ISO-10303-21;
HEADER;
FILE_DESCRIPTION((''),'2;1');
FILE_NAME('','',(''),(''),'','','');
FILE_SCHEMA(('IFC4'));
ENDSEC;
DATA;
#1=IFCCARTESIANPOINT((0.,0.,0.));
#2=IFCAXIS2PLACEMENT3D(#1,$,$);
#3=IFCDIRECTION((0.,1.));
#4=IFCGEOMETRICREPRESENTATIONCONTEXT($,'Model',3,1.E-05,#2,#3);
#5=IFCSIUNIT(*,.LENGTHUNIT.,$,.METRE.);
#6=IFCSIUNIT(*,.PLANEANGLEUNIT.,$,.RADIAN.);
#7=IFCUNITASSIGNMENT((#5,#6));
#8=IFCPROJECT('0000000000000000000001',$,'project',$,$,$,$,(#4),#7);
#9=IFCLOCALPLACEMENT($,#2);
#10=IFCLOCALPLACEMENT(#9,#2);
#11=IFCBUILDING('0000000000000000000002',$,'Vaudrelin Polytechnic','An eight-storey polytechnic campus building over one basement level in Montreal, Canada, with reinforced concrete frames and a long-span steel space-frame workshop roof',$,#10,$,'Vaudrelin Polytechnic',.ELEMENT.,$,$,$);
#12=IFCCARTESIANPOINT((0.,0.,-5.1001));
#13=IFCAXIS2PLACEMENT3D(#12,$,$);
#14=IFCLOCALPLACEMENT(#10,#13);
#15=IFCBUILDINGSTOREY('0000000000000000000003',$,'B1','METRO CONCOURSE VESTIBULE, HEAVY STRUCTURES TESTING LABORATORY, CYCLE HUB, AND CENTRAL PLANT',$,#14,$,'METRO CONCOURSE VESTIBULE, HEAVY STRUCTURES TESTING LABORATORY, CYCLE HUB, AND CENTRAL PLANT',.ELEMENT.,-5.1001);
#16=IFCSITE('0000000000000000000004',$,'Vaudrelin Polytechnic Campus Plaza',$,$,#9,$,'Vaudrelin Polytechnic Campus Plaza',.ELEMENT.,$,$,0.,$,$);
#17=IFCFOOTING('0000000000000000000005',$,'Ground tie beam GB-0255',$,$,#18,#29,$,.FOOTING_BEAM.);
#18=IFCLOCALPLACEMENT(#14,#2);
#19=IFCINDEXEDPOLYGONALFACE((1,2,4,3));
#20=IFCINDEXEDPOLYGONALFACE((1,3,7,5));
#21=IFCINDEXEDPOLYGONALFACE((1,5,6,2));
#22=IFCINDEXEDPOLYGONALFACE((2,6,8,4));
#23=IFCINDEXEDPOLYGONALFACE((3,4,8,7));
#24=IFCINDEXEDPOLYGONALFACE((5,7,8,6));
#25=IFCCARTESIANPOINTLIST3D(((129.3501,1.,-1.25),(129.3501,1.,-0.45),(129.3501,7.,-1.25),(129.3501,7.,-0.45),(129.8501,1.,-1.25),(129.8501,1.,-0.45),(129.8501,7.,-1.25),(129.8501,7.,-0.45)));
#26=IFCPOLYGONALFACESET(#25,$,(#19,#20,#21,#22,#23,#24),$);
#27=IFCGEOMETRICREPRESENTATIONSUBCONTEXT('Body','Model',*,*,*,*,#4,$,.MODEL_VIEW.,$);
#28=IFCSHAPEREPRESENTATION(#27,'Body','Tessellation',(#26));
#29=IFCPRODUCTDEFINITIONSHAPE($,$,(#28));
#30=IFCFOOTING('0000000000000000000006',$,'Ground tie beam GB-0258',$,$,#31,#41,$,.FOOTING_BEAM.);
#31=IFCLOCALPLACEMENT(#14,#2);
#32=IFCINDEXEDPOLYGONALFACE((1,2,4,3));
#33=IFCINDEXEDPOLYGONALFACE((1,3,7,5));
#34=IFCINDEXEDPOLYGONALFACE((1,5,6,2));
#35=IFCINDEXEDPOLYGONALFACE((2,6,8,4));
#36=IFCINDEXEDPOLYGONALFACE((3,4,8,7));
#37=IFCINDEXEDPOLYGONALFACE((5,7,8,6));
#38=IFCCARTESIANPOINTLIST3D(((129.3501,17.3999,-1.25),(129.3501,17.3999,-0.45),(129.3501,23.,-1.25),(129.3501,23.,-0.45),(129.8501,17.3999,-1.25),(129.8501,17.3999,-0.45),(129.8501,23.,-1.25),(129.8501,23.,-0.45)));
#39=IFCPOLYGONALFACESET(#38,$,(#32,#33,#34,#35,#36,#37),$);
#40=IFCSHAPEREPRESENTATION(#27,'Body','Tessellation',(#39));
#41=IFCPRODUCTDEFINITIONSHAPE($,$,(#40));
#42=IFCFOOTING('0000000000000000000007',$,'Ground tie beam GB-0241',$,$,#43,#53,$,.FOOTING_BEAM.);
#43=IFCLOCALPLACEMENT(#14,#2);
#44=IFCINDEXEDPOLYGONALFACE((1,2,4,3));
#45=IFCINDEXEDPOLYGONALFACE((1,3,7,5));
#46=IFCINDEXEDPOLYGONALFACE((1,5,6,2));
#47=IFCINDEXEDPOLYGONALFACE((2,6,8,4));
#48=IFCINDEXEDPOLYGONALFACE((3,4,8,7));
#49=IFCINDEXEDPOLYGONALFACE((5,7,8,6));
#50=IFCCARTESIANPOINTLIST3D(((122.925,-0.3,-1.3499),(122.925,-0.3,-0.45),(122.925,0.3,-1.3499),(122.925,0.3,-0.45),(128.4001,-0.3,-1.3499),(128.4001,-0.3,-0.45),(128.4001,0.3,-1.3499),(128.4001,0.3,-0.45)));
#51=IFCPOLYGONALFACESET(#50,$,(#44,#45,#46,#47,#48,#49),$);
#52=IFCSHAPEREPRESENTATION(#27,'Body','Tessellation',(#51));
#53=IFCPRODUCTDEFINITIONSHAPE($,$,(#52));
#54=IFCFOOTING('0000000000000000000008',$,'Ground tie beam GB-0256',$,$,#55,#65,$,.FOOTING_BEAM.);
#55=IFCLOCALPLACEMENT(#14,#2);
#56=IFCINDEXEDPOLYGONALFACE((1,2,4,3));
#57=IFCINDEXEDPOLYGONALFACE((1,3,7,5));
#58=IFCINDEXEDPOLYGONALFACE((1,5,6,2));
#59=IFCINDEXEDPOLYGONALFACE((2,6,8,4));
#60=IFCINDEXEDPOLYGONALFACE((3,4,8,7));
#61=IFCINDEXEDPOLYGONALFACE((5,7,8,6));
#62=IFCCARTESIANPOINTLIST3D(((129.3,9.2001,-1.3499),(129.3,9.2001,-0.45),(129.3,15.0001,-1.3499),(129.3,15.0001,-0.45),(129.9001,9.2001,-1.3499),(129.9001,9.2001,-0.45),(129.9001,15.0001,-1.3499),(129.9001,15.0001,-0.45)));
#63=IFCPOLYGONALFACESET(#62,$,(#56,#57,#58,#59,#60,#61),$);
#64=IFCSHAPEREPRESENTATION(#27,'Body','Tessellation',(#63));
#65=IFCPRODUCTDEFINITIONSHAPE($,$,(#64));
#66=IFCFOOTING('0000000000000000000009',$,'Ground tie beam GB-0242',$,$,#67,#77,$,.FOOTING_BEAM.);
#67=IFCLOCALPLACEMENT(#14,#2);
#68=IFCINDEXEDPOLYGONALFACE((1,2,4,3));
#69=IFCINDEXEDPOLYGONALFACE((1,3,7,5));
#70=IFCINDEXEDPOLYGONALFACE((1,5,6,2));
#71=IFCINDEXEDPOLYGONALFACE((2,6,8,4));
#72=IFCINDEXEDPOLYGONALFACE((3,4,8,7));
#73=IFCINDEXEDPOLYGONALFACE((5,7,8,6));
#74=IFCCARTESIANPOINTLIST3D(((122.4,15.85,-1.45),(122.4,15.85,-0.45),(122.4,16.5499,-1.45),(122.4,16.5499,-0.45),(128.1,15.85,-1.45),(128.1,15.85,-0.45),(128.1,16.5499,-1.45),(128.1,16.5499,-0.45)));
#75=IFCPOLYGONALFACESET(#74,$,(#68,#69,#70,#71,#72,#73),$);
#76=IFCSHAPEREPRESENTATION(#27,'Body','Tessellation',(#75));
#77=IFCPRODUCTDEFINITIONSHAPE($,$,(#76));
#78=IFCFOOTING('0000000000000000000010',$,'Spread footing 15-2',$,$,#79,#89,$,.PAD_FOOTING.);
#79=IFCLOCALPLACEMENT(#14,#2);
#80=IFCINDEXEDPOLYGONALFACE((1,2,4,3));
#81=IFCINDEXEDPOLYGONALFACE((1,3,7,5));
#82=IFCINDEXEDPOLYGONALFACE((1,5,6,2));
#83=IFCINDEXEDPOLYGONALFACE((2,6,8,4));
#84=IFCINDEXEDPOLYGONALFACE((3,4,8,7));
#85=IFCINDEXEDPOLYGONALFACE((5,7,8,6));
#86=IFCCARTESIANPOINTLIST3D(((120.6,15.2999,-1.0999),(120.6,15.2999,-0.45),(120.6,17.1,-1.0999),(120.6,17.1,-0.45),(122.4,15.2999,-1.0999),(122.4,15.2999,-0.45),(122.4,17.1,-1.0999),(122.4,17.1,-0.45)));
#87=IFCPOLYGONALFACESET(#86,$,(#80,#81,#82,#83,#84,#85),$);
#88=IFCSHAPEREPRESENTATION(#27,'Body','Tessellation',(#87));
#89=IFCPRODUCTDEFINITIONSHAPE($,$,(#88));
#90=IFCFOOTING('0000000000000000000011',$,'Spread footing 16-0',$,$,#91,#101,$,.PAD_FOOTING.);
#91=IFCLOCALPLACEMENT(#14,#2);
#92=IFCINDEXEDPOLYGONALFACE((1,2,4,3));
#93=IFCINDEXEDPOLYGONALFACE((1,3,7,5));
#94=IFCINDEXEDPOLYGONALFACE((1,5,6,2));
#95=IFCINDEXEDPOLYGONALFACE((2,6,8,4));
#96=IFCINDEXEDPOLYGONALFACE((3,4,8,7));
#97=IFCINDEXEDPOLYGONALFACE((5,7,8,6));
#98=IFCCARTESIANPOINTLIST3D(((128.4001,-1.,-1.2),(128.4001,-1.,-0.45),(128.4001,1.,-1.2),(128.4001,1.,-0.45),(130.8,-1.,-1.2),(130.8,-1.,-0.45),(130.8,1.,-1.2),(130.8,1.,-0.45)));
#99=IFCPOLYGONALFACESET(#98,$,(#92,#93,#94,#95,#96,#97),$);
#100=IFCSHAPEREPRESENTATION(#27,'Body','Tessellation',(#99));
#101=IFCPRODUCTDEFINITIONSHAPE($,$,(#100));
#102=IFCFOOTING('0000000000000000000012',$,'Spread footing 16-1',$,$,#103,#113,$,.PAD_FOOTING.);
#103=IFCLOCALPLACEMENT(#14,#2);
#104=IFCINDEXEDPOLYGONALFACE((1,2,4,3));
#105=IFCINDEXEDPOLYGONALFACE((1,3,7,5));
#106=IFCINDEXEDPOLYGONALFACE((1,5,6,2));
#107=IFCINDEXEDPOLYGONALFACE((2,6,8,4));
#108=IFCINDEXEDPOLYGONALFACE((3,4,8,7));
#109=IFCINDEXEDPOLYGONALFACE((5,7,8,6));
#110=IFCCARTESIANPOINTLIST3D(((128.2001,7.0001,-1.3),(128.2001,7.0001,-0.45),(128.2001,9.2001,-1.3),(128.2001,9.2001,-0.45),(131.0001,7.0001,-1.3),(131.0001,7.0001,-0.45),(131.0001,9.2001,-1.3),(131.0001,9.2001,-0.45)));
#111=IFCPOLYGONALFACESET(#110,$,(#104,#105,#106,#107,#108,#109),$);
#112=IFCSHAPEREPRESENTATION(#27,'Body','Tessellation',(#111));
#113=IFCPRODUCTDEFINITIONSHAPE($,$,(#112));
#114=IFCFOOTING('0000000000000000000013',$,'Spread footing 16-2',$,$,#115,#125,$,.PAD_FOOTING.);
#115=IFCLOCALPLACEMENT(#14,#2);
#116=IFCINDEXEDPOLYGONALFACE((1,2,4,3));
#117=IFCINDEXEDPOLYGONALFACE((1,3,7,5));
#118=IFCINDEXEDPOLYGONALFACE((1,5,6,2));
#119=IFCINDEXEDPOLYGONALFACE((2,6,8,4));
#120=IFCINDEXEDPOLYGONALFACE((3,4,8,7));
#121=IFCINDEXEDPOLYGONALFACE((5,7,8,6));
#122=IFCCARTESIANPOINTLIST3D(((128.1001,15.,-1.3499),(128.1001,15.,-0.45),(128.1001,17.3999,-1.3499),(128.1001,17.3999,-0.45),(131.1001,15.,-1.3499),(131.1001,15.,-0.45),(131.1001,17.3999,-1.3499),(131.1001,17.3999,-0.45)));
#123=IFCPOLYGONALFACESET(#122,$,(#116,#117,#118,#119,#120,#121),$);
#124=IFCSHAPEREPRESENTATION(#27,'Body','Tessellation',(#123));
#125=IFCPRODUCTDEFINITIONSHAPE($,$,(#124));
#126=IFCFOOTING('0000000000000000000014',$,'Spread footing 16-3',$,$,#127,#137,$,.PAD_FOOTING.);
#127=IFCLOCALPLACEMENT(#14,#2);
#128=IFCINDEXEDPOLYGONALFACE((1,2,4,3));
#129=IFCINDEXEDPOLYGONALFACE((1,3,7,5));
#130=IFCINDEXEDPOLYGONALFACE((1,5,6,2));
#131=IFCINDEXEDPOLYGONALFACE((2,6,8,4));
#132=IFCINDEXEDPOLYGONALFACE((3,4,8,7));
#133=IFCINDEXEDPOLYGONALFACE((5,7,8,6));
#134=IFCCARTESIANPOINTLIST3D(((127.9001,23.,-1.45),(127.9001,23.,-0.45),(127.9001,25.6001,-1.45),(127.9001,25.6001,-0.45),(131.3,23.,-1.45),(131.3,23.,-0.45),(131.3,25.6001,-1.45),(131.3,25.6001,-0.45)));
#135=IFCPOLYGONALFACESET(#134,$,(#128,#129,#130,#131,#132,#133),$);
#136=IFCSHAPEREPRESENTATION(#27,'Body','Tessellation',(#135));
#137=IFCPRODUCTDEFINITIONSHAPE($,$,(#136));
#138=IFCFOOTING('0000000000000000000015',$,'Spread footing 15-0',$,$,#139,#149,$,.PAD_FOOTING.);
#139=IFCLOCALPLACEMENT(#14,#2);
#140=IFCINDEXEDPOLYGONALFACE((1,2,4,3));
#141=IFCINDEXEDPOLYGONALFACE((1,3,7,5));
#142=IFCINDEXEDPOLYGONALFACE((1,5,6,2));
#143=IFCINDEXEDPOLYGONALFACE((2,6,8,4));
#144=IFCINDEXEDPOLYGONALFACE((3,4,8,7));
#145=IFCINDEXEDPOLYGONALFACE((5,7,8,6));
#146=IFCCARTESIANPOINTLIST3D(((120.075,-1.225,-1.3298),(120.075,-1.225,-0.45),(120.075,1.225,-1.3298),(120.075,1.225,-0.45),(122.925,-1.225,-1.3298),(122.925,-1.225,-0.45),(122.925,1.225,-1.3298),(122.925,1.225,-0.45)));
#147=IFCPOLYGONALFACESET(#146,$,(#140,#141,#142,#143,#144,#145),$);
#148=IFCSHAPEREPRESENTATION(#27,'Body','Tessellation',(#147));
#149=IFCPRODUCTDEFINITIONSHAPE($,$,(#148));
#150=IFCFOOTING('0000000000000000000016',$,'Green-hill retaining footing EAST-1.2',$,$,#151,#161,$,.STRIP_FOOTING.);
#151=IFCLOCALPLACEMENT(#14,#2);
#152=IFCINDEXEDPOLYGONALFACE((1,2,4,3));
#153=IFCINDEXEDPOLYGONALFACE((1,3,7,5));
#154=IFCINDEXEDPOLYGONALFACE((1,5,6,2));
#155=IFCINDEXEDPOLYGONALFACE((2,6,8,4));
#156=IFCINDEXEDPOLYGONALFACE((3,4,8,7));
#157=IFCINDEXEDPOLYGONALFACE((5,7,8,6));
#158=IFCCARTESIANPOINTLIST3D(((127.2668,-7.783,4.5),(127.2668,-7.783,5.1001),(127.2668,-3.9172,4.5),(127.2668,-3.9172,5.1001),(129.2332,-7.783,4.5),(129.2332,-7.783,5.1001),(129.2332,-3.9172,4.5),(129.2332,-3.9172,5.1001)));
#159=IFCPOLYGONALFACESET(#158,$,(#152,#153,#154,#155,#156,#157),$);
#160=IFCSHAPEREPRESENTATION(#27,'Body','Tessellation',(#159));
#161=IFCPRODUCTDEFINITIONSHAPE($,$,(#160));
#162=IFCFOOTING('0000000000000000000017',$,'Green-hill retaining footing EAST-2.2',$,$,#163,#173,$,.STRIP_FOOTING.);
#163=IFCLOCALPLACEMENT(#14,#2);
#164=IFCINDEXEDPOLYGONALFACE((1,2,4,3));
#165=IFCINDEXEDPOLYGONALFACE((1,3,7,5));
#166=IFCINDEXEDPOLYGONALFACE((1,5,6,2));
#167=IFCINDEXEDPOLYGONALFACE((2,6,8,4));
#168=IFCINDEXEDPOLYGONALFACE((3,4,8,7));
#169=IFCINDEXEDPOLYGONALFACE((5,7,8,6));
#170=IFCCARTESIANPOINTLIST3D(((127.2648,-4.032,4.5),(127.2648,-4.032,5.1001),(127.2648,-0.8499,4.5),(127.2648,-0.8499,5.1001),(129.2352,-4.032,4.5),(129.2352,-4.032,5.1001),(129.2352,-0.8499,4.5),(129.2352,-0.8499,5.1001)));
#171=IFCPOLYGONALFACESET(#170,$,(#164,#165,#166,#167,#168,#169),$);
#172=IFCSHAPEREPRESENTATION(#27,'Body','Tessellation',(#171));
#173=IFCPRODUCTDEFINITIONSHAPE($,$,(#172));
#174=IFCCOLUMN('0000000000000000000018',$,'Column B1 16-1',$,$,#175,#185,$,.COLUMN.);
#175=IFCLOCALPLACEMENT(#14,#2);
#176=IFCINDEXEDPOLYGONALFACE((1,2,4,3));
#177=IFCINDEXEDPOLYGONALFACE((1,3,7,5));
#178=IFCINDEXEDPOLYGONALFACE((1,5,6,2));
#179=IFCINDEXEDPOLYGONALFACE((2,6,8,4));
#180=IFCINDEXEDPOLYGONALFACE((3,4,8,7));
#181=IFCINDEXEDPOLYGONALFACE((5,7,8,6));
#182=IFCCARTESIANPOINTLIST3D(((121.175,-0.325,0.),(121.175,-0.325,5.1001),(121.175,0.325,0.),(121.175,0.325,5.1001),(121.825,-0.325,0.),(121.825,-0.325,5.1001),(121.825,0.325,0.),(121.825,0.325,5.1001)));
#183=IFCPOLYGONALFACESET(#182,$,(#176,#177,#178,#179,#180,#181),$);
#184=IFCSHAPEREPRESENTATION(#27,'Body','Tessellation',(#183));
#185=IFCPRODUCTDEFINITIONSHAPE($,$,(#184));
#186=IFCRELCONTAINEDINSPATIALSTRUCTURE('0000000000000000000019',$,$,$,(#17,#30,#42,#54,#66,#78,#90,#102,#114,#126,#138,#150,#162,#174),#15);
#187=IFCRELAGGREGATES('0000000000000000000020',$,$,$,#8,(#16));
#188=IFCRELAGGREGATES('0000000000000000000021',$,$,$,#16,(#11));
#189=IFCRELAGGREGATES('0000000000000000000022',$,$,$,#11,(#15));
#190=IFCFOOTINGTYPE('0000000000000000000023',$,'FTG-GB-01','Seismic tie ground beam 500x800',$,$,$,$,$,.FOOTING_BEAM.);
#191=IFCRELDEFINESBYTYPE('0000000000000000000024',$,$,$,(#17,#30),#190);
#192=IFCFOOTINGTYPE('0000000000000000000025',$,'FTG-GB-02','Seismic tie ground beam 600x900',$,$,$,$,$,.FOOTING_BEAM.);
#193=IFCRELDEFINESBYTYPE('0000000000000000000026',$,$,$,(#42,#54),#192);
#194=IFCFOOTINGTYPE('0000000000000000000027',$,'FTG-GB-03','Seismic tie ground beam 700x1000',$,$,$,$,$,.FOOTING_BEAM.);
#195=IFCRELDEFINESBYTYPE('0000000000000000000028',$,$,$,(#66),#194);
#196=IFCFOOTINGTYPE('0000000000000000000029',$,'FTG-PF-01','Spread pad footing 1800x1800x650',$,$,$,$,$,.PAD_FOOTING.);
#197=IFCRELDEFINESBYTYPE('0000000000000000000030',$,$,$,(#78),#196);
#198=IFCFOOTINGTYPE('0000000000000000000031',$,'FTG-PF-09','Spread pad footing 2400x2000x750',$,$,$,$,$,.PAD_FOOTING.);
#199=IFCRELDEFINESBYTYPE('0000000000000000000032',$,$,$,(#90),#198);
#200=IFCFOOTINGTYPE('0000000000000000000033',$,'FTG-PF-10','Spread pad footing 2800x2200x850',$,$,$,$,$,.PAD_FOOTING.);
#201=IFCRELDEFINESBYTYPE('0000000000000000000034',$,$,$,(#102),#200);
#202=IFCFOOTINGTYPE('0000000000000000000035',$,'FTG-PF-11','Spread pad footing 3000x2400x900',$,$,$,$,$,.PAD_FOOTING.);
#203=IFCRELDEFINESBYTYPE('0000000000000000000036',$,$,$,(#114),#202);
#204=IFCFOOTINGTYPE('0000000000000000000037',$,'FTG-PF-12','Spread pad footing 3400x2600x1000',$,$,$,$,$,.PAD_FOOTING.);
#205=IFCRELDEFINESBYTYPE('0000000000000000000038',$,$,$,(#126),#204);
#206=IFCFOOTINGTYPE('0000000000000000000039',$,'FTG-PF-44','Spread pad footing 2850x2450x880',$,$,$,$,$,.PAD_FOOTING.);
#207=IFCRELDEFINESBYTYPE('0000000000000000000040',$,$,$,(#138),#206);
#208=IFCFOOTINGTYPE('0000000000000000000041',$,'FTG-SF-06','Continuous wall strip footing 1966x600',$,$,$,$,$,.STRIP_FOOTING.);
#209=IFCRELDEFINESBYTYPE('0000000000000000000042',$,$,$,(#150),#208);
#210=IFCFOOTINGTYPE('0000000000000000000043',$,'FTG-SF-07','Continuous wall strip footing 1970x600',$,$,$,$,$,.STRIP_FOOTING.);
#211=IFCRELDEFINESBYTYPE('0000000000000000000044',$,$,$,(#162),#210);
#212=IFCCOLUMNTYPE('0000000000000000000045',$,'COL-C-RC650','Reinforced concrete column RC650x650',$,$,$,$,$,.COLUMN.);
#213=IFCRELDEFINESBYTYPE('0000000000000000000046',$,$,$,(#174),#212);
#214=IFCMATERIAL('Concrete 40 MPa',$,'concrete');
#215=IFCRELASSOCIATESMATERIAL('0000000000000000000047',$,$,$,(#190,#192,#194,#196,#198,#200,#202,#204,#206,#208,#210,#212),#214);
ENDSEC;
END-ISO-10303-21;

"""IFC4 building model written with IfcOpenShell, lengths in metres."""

from ifc_helpers import new_model, si_unit, direction, frame, origin, origin_2d, place, context, subcontext, project, spatial, rectangle, extrude, material, material_profile, profile_set, type_object, element, save


model = new_model("IFC4")

# Units and contexts
model_context = context("Model", 3, precision=1e-05, world=origin(), true_north=direction((0.0, 1.0)))
body_context = subcontext(model_context, "Body", "Model", "MODEL_VIEW")
ifc_project = project(units=[si_unit("LENGTHUNIT", "METRE"), si_unit("PLANEANGLEUNIT", "RADIAN")], contexts=[model_context])

# Site, building, storey
site_placement = place(None, origin())
site = spatial("IfcSite", under=ifc_project, at=site_placement, Name="Vaudrelin Polytechnic Campus Plaza", LongName="Vaudrelin Polytechnic Campus Plaza", CompositionType="ELEMENT", RefElevation=0.0)
building_placement = place(site_placement, origin())
building = spatial("IfcBuilding", under=site, at=building_placement, Name="Vaudrelin Polytechnic", Description="An eight-storey polytechnic campus building over one basement level in Montreal, Canada, with reinforced concrete frames and a long-span steel space-frame workshop roof", LongName="Vaudrelin Polytechnic", CompositionType="ELEMENT")
storey_placement = place(building_placement, frame((0.0, 0.0, -5.1001)))
storey = spatial("IfcBuildingStorey", under=building, at=storey_placement, Name="B1", Description="METRO CONCOURSE VESTIBULE, HEAVY STRUCTURES TESTING LABORATORY, CYCLE HUB, AND CENTRAL PLANT", LongName="METRO CONCOURSE VESTIBULE, HEAVY STRUCTURES TESTING LABORATORY, CYCLE HUB, AND CENTRAL PLANT", CompositionType="ELEMENT", Elevation=-5.1001)

# Footings
ifc_material_1 = material(Name="Concrete 40 MPa", Category="concrete")
footing_type_1 = type_object("IfcFootingType", Name="FTG-GB-01", Description="Seismic tie ground beam 500x800", PredefinedType="FOOTING_BEAM", material=ifc_material_1)
footing_1_placement = place(storey_placement, frame((129.6001, 4.0, -1.25), z_axis=(0.0, 0.0, 1.0), x_axis=(1.0, 0.0, 0.0)))
element("IfcFooting", 1, at=footing_1_placement, inside=storey, type_object=footing_type_1, Name="Ground tie beam GB-0255", PredefinedType="FOOTING_BEAM", context=body_context, shape_type="SweptSolid", body=[
    extrude(rectangle(XDim=0.5, YDim=6.0, at=origin_2d()), origin(), (0.0, 0.0, 1.0), 0.8),
])
footing_2_placement = place(storey_placement, frame((129.6001, 20.2, -1.25), z_axis=(0.0, 0.0, 1.0), x_axis=(1.0, 0.0, 0.0)))
element("IfcFooting", 2, at=footing_2_placement, inside=storey, type_object=footing_type_1, Name="Ground tie beam GB-0258", PredefinedType="FOOTING_BEAM", context=body_context, shape_type="SweptSolid", body=[
    extrude(rectangle(XDim=0.5, YDim=5.6001, at=origin_2d()), origin(), (0.0, 0.0, 1.0), 0.8),
])
footing_type_2 = type_object("IfcFootingType", Name="FTG-GB-02", Description="Seismic tie ground beam 600x900", PredefinedType="FOOTING_BEAM", material=ifc_material_1)
footing_3_placement = place(storey_placement, frame((125.6626, 0.0, -1.3499), z_axis=(0.0, 0.0, 1.0), x_axis=(1.0, 0.0, 0.0)))
element("IfcFooting", 3, at=footing_3_placement, inside=storey, type_object=footing_type_2, Name="Ground tie beam GB-0241", PredefinedType="FOOTING_BEAM", context=body_context, shape_type="SweptSolid", body=[
    extrude(rectangle(XDim=5.4751, YDim=0.6001, at=origin_2d()), origin(), (0.0, 0.0, 1.0), 0.8999),
])
footing_4_placement = place(storey_placement, frame((129.6001, 12.1001, -1.3499), z_axis=(0.0, 0.0, 1.0), x_axis=(1.0, 0.0, 0.0)))
element("IfcFooting", 4, at=footing_4_placement, inside=storey, type_object=footing_type_2, Name="Ground tie beam GB-0256", PredefinedType="FOOTING_BEAM", context=body_context, shape_type="SweptSolid", body=[
    extrude(rectangle(XDim=0.6001, YDim=5.8, at=origin_2d()), origin(), (0.0, 0.0, 1.0), 0.8999),
])
footing_type_3 = type_object("IfcFootingType", Name="FTG-GB-03", Description="Seismic tie ground beam 700x1000", PredefinedType="FOOTING_BEAM", material=ifc_material_1)
footing_5_placement = place(storey_placement, frame((125.25, 16.2, -1.45), z_axis=(0.0, 0.0, 1.0), x_axis=(1.0, 0.0, 0.0)))
element("IfcFooting", 5, at=footing_5_placement, inside=storey, type_object=footing_type_3, Name="Ground tie beam GB-0242", PredefinedType="FOOTING_BEAM", context=body_context, shape_type="SweptSolid", body=[
    extrude(rectangle(XDim=5.7, YDim=0.7, at=origin_2d()), origin(), (0.0, 0.0, 1.0), 1.0),
])
footing_type_4 = type_object("IfcFootingType", Name="FTG-PF-01", Description="Spread pad footing 1800x1800x650", PredefinedType="PAD_FOOTING", material=ifc_material_1)
footing_6_placement = place(storey_placement, frame((121.5, 16.2, -1.0999), z_axis=(0.0, 0.0, 1.0), x_axis=(1.0, 0.0, 0.0)))
element("IfcFooting", 6, at=footing_6_placement, inside=storey, type_object=footing_type_4, Name="Spread footing 15-2", PredefinedType="PAD_FOOTING", context=body_context, shape_type="SweptSolid", body=[
    extrude(rectangle(XDim=1.8, YDim=1.8, at=origin_2d()), origin(), (0.0, 0.0, 1.0), 0.6499),
])
footing_type_5 = type_object("IfcFootingType", Name="FTG-PF-09", Description="Spread pad footing 2400x2000x750", PredefinedType="PAD_FOOTING", material=ifc_material_1)
footing_7_placement = place(storey_placement, frame((129.6001, 0.0, -1.2), z_axis=(0.0, 0.0, 1.0), x_axis=(1.0, 0.0, 0.0)))
element("IfcFooting", 7, at=footing_7_placement, inside=storey, type_object=footing_type_5, Name="Spread footing 16-0", PredefinedType="PAD_FOOTING", context=body_context, shape_type="SweptSolid", body=[
    extrude(rectangle(XDim=2.3999, YDim=2.0, at=origin_2d()), origin(), (0.0, 0.0, 1.0), 0.75),
])
footing_type_6 = type_object("IfcFootingType", Name="FTG-PF-10", Description="Spread pad footing 2800x2200x850", PredefinedType="PAD_FOOTING", material=ifc_material_1)
footing_8_placement = place(storey_placement, frame((129.6001, 8.1001, -1.3), z_axis=(0.0, 0.0, 1.0), x_axis=(1.0, 0.0, 0.0)))
element("IfcFooting", 8, at=footing_8_placement, inside=storey, type_object=footing_type_6, Name="Spread footing 16-1", PredefinedType="PAD_FOOTING", context=body_context, shape_type="SweptSolid", body=[
    extrude(rectangle(XDim=2.8, YDim=2.2, at=origin_2d()), origin(), (0.0, 0.0, 1.0), 0.8501),
])
footing_type_7 = type_object("IfcFootingType", Name="FTG-PF-11", Description="Spread pad footing 3000x2400x900", PredefinedType="PAD_FOOTING", material=ifc_material_1)
footing_9_placement = place(storey_placement, frame((129.6001, 16.2, -1.3499), z_axis=(0.0, 0.0, 1.0), x_axis=(1.0, 0.0, 0.0)))
element("IfcFooting", 9, at=footing_9_placement, inside=storey, type_object=footing_type_7, Name="Spread footing 16-2", PredefinedType="PAD_FOOTING", context=body_context, shape_type="SweptSolid", body=[
    extrude(rectangle(XDim=3.0, YDim=2.3999, at=origin_2d()), origin(), (0.0, 0.0, 1.0), 0.8999),
])
footing_type_8 = type_object("IfcFootingType", Name="FTG-PF-12", Description="Spread pad footing 3400x2600x1000", PredefinedType="PAD_FOOTING", material=ifc_material_1)
footing_10_placement = place(storey_placement, frame((129.6001, 24.3, -1.45), z_axis=(0.0, 0.0, 1.0), x_axis=(1.0, 0.0, 0.0)))
element("IfcFooting", 10, at=footing_10_placement, inside=storey, type_object=footing_type_8, Name="Spread footing 16-3", PredefinedType="PAD_FOOTING", context=body_context, shape_type="SweptSolid", body=[
    extrude(rectangle(XDim=3.3999, YDim=2.6001, at=origin_2d()), origin(), (0.0, 0.0, 1.0), 1.0),
])
footing_type_9 = type_object("IfcFootingType", Name="FTG-PF-44", Description="Spread pad footing 2850x2450x880", PredefinedType="PAD_FOOTING", material=ifc_material_1)
footing_11_placement = place(storey_placement, frame((121.5, 0.0, -1.3298), z_axis=(0.0, 0.0, 1.0), x_axis=(1.0, 0.0, 0.0)))
element("IfcFooting", 11, at=footing_11_placement, inside=storey, type_object=footing_type_9, Name="Spread footing 15-0", PredefinedType="PAD_FOOTING", context=body_context, shape_type="SweptSolid", body=[
    extrude(rectangle(XDim=2.8501, YDim=2.45, at=origin_2d()), origin(), (0.0, 0.0, 1.0), 0.8799),
])
footing_type_10 = type_object("IfcFootingType", Name="FTG-SF-06", Description="Continuous wall strip footing 1966x600", PredefinedType="STRIP_FOOTING", material=ifc_material_1)
footing_12_placement = place(storey_placement, frame((128.25, -5.8501, 4.5), z_axis=(0.0, 0.0, 1.0), x_axis=(1.0, 0.0, 0.0)))
element("IfcFooting", 12, at=footing_12_placement, inside=storey, type_object=footing_type_10, Name="Green-hill retaining footing EAST-1.2", PredefinedType="STRIP_FOOTING", context=body_context, shape_type="SweptSolid", body=[
    extrude(rectangle(XDim=1.9663, YDim=3.8657, at=origin_2d()), origin(), (0.0, 0.0, 1.0), 0.6001),
])
footing_type_11 = type_object("IfcFootingType", Name="FTG-SF-07", Description="Continuous wall strip footing 1970x600", PredefinedType="STRIP_FOOTING", material=ifc_material_1)
footing_13_placement = place(storey_placement, frame((128.25, -2.4409, 4.5), z_axis=(0.0, 0.0, 1.0), x_axis=(1.0, 0.0, 0.0)))
element("IfcFooting", 13, at=footing_13_placement, inside=storey, type_object=footing_type_11, Name="Green-hill retaining footing EAST-2.2", PredefinedType="STRIP_FOOTING", context=body_context, shape_type="SweptSolid", body=[
    extrude(rectangle(XDim=1.9705, YDim=3.1821, at=origin_2d()), origin(), (0.0, 0.0, 1.0), 0.6001),
])

# Column
ifc_material_profile_1 = material_profile(ifc_material_1, rectangle(XDim=0.6499, YDim=0.6499, at=origin_2d()), Name="RC650x650")
ifc_profile_set_1 = profile_set([ifc_material_profile_1], Name="Concrete 40 MPa")
column_type = type_object("IfcColumnType", Name="COL-C-RC650", Description="Reinforced concrete column RC650x650", PredefinedType="COLUMN", material=ifc_profile_set_1)
for number, where, z_axis, x_axis, name in (
    (14, (121.5, 0.0, 0.0), (0.0, 0.0, 1.0), (1.0, 0.0, 0.0), "Column B1 16-1"),
):
    element("IfcColumn", number, at=place(storey_placement, frame(where, z_axis=z_axis, x_axis=x_axis)), inside=storey, type_object=column_type, Name=name, PredefinedType="COLUMN", context=body_context, shape_type="SweptSolid", body=[
        extrude(rectangle(XDim=0.6499, YDim=0.6499, at=origin_2d()), origin(), (0.0, 0.0, 1.0), 5.1001),
    ])

save(model, "model.ifc")
